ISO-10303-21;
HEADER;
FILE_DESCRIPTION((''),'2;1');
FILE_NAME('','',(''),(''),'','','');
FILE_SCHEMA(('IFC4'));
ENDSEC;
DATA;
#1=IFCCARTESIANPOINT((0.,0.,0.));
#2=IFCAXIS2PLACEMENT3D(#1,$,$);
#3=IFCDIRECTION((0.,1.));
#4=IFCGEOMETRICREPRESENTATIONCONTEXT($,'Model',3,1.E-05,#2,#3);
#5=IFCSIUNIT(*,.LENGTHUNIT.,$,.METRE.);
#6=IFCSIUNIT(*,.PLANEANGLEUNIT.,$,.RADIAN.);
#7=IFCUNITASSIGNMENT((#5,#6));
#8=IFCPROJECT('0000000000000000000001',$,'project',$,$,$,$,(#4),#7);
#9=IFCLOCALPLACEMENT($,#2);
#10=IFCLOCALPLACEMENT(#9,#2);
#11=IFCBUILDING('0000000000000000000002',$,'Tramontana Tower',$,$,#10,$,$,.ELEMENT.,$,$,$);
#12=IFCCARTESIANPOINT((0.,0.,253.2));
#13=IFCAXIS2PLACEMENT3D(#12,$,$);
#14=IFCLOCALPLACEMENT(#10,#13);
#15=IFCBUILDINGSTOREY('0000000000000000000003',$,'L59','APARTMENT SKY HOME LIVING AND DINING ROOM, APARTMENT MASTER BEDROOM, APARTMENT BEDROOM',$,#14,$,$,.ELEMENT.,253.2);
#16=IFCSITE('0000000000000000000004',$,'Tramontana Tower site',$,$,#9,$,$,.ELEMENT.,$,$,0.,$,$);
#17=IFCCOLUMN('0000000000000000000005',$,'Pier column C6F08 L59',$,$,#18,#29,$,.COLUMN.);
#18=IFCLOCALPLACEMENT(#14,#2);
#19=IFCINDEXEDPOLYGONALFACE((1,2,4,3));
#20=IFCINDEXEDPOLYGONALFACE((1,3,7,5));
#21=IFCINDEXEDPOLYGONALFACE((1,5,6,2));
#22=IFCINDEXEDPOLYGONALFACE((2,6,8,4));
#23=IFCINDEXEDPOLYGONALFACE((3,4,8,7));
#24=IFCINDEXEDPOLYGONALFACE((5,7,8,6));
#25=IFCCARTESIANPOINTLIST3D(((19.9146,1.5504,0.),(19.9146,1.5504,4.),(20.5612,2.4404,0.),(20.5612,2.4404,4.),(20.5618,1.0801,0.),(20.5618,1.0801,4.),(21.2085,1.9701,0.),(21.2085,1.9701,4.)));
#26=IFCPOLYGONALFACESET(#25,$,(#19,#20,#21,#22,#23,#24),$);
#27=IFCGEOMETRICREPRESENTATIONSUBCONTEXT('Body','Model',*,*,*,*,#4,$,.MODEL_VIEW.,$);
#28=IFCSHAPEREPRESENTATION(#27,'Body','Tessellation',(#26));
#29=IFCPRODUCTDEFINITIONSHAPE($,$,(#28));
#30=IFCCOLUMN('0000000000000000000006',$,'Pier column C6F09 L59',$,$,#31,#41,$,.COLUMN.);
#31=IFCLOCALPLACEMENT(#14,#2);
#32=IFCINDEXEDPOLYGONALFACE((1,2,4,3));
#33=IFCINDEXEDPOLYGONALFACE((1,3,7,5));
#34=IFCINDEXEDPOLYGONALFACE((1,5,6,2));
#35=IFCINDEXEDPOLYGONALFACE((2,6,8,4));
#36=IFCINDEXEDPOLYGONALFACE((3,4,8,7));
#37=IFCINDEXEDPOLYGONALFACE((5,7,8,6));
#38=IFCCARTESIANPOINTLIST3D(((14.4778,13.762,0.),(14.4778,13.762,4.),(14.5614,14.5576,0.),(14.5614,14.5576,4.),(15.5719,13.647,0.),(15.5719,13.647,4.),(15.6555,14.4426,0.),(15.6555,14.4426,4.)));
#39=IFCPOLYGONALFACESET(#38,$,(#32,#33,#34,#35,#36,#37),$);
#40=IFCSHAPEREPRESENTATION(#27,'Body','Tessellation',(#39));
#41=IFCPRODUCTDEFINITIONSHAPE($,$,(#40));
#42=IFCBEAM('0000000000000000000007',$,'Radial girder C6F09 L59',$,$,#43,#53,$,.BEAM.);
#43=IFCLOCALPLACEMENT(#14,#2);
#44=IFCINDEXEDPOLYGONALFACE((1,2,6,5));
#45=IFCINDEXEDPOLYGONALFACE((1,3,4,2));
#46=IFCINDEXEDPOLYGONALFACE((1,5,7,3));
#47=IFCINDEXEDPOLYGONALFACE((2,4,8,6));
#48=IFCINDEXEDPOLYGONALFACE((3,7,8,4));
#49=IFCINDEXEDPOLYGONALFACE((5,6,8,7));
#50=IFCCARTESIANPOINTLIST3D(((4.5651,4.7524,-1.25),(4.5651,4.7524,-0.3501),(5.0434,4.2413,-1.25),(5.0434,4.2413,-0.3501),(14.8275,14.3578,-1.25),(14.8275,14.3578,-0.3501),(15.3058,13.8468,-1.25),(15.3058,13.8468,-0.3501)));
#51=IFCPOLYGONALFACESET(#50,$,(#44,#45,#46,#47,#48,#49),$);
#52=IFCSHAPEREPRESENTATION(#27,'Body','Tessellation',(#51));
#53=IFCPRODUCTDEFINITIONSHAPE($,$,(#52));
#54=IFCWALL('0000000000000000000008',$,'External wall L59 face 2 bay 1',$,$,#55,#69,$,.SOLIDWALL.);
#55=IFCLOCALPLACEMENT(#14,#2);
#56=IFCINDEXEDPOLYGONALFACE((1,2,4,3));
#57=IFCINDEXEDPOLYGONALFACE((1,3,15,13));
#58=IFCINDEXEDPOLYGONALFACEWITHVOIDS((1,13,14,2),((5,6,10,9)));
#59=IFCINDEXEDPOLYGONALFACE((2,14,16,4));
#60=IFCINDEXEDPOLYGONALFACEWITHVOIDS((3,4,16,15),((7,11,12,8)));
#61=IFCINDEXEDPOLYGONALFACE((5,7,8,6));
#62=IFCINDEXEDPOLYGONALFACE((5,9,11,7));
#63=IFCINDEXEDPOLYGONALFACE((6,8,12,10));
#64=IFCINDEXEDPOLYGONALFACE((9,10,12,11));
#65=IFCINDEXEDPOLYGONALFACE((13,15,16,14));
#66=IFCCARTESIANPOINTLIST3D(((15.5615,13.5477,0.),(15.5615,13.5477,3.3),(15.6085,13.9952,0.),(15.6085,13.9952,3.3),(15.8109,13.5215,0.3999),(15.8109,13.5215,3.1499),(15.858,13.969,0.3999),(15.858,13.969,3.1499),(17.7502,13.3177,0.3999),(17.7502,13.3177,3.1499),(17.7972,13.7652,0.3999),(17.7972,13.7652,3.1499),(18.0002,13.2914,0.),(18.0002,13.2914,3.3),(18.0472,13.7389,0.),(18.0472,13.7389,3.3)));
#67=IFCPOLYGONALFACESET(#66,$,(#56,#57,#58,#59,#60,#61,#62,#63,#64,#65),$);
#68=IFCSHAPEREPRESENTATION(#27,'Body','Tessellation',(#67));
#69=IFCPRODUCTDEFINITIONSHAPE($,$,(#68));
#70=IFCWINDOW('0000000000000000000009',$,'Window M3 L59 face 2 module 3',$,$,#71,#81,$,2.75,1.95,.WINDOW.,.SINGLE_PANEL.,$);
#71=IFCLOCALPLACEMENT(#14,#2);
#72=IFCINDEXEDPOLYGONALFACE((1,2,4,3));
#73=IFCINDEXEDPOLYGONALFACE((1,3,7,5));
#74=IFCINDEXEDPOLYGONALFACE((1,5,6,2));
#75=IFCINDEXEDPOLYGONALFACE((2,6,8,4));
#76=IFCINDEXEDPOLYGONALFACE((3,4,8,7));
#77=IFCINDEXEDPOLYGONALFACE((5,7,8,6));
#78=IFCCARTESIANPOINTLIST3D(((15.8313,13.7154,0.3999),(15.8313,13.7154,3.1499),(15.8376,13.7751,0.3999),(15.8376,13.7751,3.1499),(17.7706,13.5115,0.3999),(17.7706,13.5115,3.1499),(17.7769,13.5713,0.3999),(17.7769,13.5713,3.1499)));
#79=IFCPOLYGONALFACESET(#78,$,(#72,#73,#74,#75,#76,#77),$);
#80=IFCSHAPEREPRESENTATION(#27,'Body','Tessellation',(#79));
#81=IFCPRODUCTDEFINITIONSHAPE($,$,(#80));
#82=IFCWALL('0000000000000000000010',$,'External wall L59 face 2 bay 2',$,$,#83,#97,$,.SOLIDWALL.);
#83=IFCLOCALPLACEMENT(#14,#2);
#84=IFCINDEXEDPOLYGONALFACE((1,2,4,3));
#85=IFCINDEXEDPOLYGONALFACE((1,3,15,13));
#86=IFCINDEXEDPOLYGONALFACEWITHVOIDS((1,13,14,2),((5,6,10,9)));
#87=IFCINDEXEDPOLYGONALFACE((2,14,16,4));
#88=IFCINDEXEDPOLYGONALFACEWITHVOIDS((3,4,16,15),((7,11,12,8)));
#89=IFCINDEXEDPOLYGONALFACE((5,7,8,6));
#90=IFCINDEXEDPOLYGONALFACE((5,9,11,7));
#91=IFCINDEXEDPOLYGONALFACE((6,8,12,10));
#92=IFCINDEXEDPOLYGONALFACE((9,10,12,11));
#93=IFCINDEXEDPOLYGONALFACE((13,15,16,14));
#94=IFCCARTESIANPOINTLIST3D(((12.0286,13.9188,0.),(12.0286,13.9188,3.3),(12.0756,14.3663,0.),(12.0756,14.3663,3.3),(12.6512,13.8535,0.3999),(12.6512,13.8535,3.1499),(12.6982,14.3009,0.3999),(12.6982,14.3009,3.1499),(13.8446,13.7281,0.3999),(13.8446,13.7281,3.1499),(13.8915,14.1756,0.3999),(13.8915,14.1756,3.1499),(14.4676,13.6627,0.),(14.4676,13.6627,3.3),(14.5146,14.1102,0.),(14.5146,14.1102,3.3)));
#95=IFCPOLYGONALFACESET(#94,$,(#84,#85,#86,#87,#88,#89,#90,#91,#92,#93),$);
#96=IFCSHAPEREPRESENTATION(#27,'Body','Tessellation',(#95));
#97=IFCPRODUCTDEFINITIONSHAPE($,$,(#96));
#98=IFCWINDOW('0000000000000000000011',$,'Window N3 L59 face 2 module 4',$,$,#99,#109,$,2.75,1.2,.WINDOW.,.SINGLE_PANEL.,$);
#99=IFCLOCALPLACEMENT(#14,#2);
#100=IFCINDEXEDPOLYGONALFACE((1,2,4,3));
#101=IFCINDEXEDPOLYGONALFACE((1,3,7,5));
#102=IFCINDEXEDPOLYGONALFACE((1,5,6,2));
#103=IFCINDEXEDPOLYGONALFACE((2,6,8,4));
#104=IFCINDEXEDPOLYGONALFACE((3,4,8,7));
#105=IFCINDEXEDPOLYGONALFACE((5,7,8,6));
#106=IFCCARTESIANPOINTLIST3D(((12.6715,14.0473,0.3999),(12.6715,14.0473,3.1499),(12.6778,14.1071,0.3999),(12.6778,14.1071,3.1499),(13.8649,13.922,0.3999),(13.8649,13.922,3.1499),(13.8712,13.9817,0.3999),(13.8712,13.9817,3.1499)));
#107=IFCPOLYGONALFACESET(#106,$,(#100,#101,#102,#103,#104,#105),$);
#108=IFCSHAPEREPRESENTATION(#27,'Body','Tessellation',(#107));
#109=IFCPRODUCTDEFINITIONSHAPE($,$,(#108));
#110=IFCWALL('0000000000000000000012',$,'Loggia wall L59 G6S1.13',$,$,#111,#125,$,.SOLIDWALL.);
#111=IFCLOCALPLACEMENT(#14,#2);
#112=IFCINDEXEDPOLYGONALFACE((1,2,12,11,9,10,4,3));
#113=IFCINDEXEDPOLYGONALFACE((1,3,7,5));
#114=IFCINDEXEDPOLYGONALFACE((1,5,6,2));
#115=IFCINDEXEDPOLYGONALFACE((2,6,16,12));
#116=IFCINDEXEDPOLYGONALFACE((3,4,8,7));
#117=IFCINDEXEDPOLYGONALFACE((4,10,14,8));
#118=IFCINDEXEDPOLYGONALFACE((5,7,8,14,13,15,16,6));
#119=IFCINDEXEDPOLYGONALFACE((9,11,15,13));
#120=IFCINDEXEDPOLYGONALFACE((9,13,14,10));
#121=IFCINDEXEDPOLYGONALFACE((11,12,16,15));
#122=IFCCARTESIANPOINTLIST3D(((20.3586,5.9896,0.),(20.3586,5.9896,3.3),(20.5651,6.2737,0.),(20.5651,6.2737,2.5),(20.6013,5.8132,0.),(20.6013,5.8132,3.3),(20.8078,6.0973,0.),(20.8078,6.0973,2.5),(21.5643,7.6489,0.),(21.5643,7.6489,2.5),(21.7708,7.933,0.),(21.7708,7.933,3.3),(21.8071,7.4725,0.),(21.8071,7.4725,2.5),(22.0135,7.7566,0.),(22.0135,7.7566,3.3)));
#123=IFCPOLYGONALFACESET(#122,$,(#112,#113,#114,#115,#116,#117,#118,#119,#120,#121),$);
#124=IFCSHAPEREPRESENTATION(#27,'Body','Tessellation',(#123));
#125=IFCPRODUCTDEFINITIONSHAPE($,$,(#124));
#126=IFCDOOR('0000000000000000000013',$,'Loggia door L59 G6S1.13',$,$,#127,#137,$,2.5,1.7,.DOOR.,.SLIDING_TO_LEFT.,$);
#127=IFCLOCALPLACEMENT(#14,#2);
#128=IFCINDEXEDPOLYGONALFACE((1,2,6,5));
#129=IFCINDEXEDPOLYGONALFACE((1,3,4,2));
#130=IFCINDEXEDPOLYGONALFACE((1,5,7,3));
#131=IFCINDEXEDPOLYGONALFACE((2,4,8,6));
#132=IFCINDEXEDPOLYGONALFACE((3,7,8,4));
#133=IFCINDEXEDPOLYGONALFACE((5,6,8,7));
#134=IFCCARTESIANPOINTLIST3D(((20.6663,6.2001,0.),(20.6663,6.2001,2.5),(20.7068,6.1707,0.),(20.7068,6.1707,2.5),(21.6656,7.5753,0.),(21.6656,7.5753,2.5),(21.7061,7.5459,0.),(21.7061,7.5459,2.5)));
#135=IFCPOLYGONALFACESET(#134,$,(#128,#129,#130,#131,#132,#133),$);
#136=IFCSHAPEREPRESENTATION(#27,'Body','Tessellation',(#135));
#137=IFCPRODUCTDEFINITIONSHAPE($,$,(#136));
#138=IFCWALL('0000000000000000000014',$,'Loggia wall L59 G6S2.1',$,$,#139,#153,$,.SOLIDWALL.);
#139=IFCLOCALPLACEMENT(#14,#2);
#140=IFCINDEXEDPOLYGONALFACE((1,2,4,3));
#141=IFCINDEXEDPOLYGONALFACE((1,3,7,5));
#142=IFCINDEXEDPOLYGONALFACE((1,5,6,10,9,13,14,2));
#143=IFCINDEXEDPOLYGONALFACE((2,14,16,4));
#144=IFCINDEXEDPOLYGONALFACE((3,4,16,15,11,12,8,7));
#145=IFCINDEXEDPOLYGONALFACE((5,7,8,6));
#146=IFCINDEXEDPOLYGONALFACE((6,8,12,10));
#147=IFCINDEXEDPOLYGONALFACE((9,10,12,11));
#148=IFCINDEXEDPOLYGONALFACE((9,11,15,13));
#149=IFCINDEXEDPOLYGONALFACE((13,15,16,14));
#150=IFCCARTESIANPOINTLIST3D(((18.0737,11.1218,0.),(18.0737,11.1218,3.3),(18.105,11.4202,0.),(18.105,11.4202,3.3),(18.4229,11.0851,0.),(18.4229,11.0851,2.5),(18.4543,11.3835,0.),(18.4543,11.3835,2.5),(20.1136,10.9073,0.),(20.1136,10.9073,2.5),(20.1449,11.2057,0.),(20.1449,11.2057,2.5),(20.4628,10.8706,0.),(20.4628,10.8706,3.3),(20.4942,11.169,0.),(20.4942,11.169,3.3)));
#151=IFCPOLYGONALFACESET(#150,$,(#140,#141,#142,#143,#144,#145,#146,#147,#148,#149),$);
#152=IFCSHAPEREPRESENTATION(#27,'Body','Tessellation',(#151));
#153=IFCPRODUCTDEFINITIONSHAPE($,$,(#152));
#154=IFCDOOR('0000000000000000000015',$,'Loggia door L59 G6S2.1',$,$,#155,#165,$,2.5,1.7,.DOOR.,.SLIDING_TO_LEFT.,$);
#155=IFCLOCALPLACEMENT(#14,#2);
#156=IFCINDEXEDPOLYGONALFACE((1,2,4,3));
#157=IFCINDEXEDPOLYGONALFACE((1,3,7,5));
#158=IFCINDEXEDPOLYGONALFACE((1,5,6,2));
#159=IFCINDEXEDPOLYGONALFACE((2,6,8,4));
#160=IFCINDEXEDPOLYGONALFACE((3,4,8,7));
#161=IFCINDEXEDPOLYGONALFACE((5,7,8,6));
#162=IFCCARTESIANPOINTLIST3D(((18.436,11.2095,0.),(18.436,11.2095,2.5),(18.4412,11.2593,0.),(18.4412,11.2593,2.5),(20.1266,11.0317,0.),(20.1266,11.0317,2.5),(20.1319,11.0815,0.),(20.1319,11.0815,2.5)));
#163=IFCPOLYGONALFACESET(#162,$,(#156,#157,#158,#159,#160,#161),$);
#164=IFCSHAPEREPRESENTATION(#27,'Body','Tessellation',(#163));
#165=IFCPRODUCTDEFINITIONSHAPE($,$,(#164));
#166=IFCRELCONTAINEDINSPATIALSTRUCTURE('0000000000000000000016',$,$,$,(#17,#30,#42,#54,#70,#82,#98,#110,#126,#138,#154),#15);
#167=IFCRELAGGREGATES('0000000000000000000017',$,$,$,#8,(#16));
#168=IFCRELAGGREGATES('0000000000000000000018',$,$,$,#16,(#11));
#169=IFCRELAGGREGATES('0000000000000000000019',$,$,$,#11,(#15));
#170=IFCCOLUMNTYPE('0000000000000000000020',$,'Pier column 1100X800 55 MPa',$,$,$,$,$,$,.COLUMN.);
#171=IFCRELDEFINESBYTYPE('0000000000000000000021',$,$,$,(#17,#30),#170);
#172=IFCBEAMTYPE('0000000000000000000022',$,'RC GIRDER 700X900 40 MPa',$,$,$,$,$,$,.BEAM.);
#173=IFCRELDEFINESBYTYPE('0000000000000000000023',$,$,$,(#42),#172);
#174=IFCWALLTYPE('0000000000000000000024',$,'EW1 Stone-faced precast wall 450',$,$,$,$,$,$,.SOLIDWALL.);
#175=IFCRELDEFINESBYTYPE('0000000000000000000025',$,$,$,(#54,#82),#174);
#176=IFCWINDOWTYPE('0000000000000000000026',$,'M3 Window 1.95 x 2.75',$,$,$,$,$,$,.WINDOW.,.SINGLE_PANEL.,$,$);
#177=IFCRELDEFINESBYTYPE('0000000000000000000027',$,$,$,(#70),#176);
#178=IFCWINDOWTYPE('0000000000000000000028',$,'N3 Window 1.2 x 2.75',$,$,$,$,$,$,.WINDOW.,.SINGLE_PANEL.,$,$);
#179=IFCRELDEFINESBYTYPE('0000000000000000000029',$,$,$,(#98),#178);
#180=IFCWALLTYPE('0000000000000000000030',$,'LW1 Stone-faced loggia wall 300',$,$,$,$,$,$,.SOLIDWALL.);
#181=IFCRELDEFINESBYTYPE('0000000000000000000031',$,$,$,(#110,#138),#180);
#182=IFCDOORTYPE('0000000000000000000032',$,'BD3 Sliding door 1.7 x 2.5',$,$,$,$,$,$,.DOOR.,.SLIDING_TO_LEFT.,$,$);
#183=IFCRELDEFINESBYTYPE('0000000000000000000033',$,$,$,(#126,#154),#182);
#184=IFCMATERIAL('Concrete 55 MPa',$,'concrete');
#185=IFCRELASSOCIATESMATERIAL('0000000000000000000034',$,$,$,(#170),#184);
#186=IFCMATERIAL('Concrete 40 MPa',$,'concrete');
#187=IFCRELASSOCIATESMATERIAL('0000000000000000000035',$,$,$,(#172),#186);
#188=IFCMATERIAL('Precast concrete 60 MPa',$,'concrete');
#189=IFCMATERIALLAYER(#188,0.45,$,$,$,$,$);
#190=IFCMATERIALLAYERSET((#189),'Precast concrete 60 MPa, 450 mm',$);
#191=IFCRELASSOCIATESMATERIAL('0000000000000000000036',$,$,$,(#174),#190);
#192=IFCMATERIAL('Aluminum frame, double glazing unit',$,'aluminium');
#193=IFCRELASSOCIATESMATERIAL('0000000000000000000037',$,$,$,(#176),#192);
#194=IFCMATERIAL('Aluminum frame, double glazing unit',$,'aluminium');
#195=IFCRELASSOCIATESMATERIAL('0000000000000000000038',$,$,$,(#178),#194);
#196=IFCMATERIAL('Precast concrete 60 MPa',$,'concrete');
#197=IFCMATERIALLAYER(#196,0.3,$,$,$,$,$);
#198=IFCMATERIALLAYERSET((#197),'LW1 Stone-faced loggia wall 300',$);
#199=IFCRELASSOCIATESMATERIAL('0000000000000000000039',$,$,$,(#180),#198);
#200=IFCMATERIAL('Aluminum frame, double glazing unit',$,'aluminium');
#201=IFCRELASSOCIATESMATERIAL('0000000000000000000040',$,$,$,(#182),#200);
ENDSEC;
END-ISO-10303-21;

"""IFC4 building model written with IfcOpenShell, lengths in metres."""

from ifc_helpers import new_model, si_unit, direction, frame, frame_2d, origin, origin_2d, place, context, subcontext, project, spatial, rectangle, extrude, material, layer, layer_set, material_profile, profile_set, type_object, element, fill, save


model = new_model("IFC4")

# Units and contexts
model_context = context("Model", 3, precision=1e-05, world=origin(), true_north=direction((0.0, 1.0)))
body_context = subcontext(model_context, "Body", "Model", "MODEL_VIEW")
ifc_project = project(units=[si_unit("LENGTHUNIT", "METRE"), si_unit("PLANEANGLEUNIT", "RADIAN")], contexts=[model_context])

# Site, building, storey
site_placement = place(None, origin())
site = spatial("IfcSite", under=ifc_project, at=site_placement, Name="Tramontana Tower site", CompositionType="ELEMENT", RefElevation=0.0)
building_placement = place(site_placement, origin())
building = spatial("IfcBuilding", under=site, at=building_placement, Name="Tramontana Tower", CompositionType="ELEMENT")
storey_placement = place(building_placement, frame((0.0, 0.0, 253.2)))
storey = spatial("IfcBuildingStorey", under=building, at=storey_placement, Name="L59", Description="APARTMENT SKY HOME LIVING AND DINING ROOM, APARTMENT MASTER BEDROOM, APARTMENT BEDROOM", CompositionType="ELEMENT", Elevation=253.2)

# Columns
ifc_material_1 = material(Name="Concrete 55 MPa", Category="concrete")
ifc_material_profile_1 = material_profile(ifc_material_1, rectangle(XDim=1.1001, YDim=0.8, at=origin_2d()), Name="Pier column 1100X800 55 MPa")
ifc_profile_set_1 = profile_set([ifc_material_profile_1], Name="Concrete 55 MPa")
column_type = type_object("IfcColumnType", Name="Pier column 1100X800 55 MPa", PredefinedType="COLUMN", material=ifc_profile_set_1)
for number, where, z_axis, x_axis, name in (
    (1, (20.5615, 1.7603, 0.0), (0.0, 0.0, 1.0), (0.587785, 0.809017, 0.0), "Pier column C6F08 L59"),
    (2, (15.0667, 14.1023, 0.0), (0.0, 0.0, 1.0), (-0.994522, 0.104528, 0.0), "Pier column C6F09 L59"),
):
    element("IfcColumn", number, at=place(storey_placement, frame(where, z_axis=z_axis, x_axis=x_axis)), inside=storey, type_object=column_type, Name=name, PredefinedType="COLUMN", context=body_context, shape_type="SweptSolid", body=[
        extrude(rectangle(XDim=1.1001, YDim=0.8, at=origin_2d()), origin(), (0.0, 0.0, 1.0), 4.0),
    ])

# Beam
ifc_material_2 = material(Name="Concrete 40 MPa", Category="concrete")
ifc_material_profile_2 = material_profile(ifc_material_2, rectangle(XDim=0.7, YDim=0.8999, at=origin_2d()), Name="RC GIRDER 700X900 40 MPa")
ifc_profile_set_2 = profile_set([ifc_material_profile_2], Name="Concrete 40 MPa")
beam_type = type_object("IfcBeamType", Name="RC GIRDER 700X900 40 MPa", PredefinedType="BEAM", material=ifc_profile_set_2)
beam_placement = place(storey_placement, frame((15.0667, 14.1023, -0.8), z_axis=(-0.73009, -0.683351, 0.0), x_axis=(0.683351, -0.73009, 0.0)))
element("IfcBeam", 3, at=beam_placement, inside=storey, type_object=beam_type, Name="Radial girder C6F09 L59", PredefinedType="BEAM", context=body_context, shape_type="SweptSolid", body=[
    extrude(rectangle(XDim=0.7, YDim=0.8999, at=origin_2d()), origin(), (0.0, 0.0, 1.0), 14.0564),
])

# Walls, openings, windows
ifc_material_3 = material(Name="Precast concrete 60 MPa", Category="concrete")
ifc_layer_1 = layer(ifc_material_3, 0.45)
ifc_layer_set_1 = layer_set([ifc_layer_1], Name="Precast concrete 60 MPa, 450 mm")
wall_type_1 = type_object("IfcWallType", Name="EW1 Stone-faced precast wall 450", PredefinedType="SOLIDWALL", material=ifc_layer_set_1)
wall_1_placement = place(storey_placement, frame((18.0237, 13.5151, 0.0), z_axis=(0.0, 0.0, 1.0), x_axis=(-0.994521, 0.10454, 0.0)))
wall_1 = element("IfcWall", 4, at=wall_1_placement, inside=storey, type_object=wall_type_1, Name="External wall L59 face 2 bay 1", PredefinedType="SOLIDWALL", context=body_context, shape_type="SweptSolid", body=[
    extrude(rectangle(XDim=2.4521, YDim=0.45, at=frame_2d((1.2261, 0.0))), origin(), (0.0, 0.0, 1.0), 3.3),
])
opening_1_placement = place(wall_1_placement, frame((0.2512, 0.0, 0.3999)))
opening_1 = element("IfcOpeningElement", 5, at=opening_1_placement, cuts=wall_1, PredefinedType="OPENING", context=body_context, shape_type="SweptSolid", body=[
    extrude(rectangle(XDim=1.95, YDim=2.75, at=frame_2d((0.9751, 1.375))), frame((0.0, 0.2349, 0.0), z_axis=(0.0, -1.0, 0.0), x_axis=(1.0, 0.0, 0.0)), (0.0, 0.0, 1.0), 0.47),
])
ifc_material_4 = material(Name="Aluminum frame, double glazing unit", Category="aluminium")
window_type_1 = type_object("IfcWindowType", Name="M3 Window 1.95 x 2.75", PartitioningType="SINGLE_PANEL", PredefinedType="WINDOW", material=ifc_material_4)
window_1_placement = place(opening_1_placement, origin())
window_1 = element("IfcWindow", 6, at=window_1_placement, inside=storey, type_object=window_type_1, Name="Window M3 L59 face 2 module 3", OverallHeight=2.75, OverallWidth=1.95, PartitioningType="SINGLE_PANEL", PredefinedType="WINDOW", context=body_context, shape_type="SweptSolid", body=[
    extrude(rectangle(XDim=1.95, YDim=2.75, at=frame_2d((0.9751, 1.375))), frame((0.0, 0.03, 0.0), z_axis=(0.0, -1.0, 0.0), x_axis=(1.0, 0.0, 0.0)), (0.0, 0.0, 1.0), 0.0601),
])
fill(opening_1, window_1)
wall_2_placement = place(storey_placement, frame((14.491, 13.8865, 0.0), z_axis=(0.0, 0.0, 1.0), x_axis=(-0.994532, 0.104431, 0.0)))
wall_2 = element("IfcWall", 7, at=wall_2_placement, inside=storey, type_object=wall_type_1, Name="External wall L59 face 2 bay 2", PredefinedType="SOLIDWALL", context=body_context, shape_type="SweptSolid", body=[
    extrude(rectangle(XDim=2.4524, YDim=0.45, at=frame_2d((1.2261, 0.0))), origin(), (0.0, 0.0, 1.0), 3.3),
])
opening_2_placement = place(wall_2_placement, frame((0.6262, 0.0, 0.3999)))
opening_2 = element("IfcOpeningElement", 8, at=opening_2_placement, cuts=wall_2, PredefinedType="OPENING", context=body_context, shape_type="SweptSolid", body=[
    extrude(rectangle(XDim=1.2, YDim=2.75, at=frame_2d((0.6001, 1.375))), frame((0.0, 0.2349, 0.0), z_axis=(0.0, -1.0, 0.0), x_axis=(1.0, 0.0, 0.0)), (0.0, 0.0, 1.0), 0.47),
])
ifc_material_5 = material(Name="Aluminum frame, double glazing unit", Category="aluminium")
window_type_2 = type_object("IfcWindowType", Name="N3 Window 1.2 x 2.75", PartitioningType="SINGLE_PANEL", PredefinedType="WINDOW", material=ifc_material_5)
window_2_placement = place(opening_2_placement, origin())
window_2 = element("IfcWindow", 9, at=window_2_placement, inside=storey, type_object=window_type_2, Name="Window N3 L59 face 2 module 4", OverallHeight=2.75, OverallWidth=1.2, PartitioningType="SINGLE_PANEL", PredefinedType="WINDOW", context=body_context, shape_type="SweptSolid", body=[
    extrude(rectangle(XDim=1.2, YDim=2.75, at=frame_2d((0.6001, 1.375))), frame((0.0, 0.03, 0.0), z_axis=(0.0, -1.0, 0.0), x_axis=(1.0, 0.0, 0.0)), (0.0, 0.0, 1.0), 0.0601),
])
fill(opening_2, window_2)

# Walls, openings, doors
ifc_material_6 = material(Name="Precast concrete 60 MPa", Category="concrete")
ifc_layer_2 = layer(ifc_material_6, 0.3)
ifc_layer_set_2 = layer_set([ifc_layer_2], Name="LW1 Stone-faced loggia wall 300")
wall_type_2 = type_object("IfcWallType", Name="LW1 Stone-faced loggia wall 300", PredefinedType="SOLIDWALL", material=ifc_layer_set_2)
wall_3_placement = place(storey_placement, frame((20.48, 5.9014, 0.0), z_axis=(0.0, 0.0, 1.0), x_axis=(0.587833, 0.808982, 0.0)))
wall_3 = element("IfcWall", 10, at=wall_3_placement, inside=storey, type_object=wall_type_2, Name="Loggia wall L59 G6S1.13", PredefinedType="SOLIDWALL", context=body_context, shape_type="SweptSolid", body=[
    extrude(rectangle(XDim=2.4023, YDim=0.3, at=frame_2d((1.2012, 0.0))), origin(), (0.0, 0.0, 1.0), 3.3),
])
opening_3_placement = place(wall_3_placement, frame((0.3511, 0.0, 0.0)))
opening_3 = element("IfcOpeningElement", 11, at=opening_3_placement, cuts=wall_3, PredefinedType="OPENING", context=body_context, shape_type="SweptSolid", body=[
    extrude(rectangle(XDim=1.7, YDim=2.5, at=frame_2d((0.8501, 1.25))), frame((0.0, 0.1599, 0.0), z_axis=(0.0, -1.0, 0.0), x_axis=(1.0, 0.0, 0.0)), (0.0, 0.0, 1.0), 0.3201),
])
ifc_material_7 = material(Name="Aluminum frame, double glazing unit", Category="aluminium")
door_type_1 = type_object("IfcDoorType", Name="BD3 Sliding door 1.7 x 2.5", OperationType="SLIDING_TO_LEFT", PredefinedType="DOOR", material=ifc_material_7)
door_1_placement = place(opening_3_placement, origin())
door_1 = element("IfcDoor", 12, at=door_1_placement, inside=storey, type_object=door_type_1, Name="Loggia door L59 G6S1.13", OperationType="SLIDING_TO_LEFT", OverallHeight=2.5, OverallWidth=1.7, PredefinedType="DOOR", context=body_context, shape_type="SweptSolid", body=[
    extrude(rectangle(XDim=1.7, YDim=2.5, at=frame_2d((0.8501, 1.25))), frame((0.0, 0.0249, 0.0), z_axis=(0.0, -1.0, 0.0), x_axis=(1.0, 0.0, 0.0)), (0.0, 0.0, 1.0), 0.05),
])
fill(opening_3, door_1)
wall_4_placement = place(storey_placement, frame((20.4785, 11.0198, 0.0), z_axis=(0.0, 0.0, 1.0), x_axis=(-0.994517, 0.104574, 0.0)))
wall_4 = element("IfcWall", 13, at=wall_4_placement, inside=storey, type_object=wall_type_2, Name="Loggia wall L59 G6S2.1", PredefinedType="SOLIDWALL", context=body_context, shape_type="SweptSolid", body=[
    extrude(rectangle(XDim=2.4023, YDim=0.3, at=frame_2d((1.2012, 0.0))), origin(), (0.0, 0.0, 1.0), 3.3),
])
opening_4_placement = place(wall_4_placement, frame((0.3511, 0.0, 0.0)))
opening_4 = element("IfcOpeningElement", 14, at=opening_4_placement, cuts=wall_4, PredefinedType="OPENING", context=body_context, shape_type="SweptSolid", body=[
    extrude(rectangle(XDim=1.7, YDim=2.5, at=frame_2d((0.8501, 1.25))), frame((0.0, 0.1599, 0.0), z_axis=(0.0, -1.0, 0.0), x_axis=(1.0, 0.0, 0.0)), (0.0, 0.0, 1.0), 0.3201),
])
door_2_placement = place(opening_4_placement, origin())
door_2 = element("IfcDoor", 15, at=door_2_placement, inside=storey, type_object=door_type_1, Name="Loggia door L59 G6S2.1", OperationType="SLIDING_TO_LEFT", OverallHeight=2.5, OverallWidth=1.7, PredefinedType="DOOR", context=body_context, shape_type="SweptSolid", body=[
    extrude(rectangle(XDim=1.7, YDim=2.5, at=frame_2d((0.8501, 1.25))), frame((0.0, 0.0249, 0.0), z_axis=(0.0, -1.0, 0.0), x_axis=(1.0, 0.0, 0.0)), (0.0, 0.0, 1.0), 0.05),
])
fill(opening_4, door_2)

save(model, "model.ifc")
